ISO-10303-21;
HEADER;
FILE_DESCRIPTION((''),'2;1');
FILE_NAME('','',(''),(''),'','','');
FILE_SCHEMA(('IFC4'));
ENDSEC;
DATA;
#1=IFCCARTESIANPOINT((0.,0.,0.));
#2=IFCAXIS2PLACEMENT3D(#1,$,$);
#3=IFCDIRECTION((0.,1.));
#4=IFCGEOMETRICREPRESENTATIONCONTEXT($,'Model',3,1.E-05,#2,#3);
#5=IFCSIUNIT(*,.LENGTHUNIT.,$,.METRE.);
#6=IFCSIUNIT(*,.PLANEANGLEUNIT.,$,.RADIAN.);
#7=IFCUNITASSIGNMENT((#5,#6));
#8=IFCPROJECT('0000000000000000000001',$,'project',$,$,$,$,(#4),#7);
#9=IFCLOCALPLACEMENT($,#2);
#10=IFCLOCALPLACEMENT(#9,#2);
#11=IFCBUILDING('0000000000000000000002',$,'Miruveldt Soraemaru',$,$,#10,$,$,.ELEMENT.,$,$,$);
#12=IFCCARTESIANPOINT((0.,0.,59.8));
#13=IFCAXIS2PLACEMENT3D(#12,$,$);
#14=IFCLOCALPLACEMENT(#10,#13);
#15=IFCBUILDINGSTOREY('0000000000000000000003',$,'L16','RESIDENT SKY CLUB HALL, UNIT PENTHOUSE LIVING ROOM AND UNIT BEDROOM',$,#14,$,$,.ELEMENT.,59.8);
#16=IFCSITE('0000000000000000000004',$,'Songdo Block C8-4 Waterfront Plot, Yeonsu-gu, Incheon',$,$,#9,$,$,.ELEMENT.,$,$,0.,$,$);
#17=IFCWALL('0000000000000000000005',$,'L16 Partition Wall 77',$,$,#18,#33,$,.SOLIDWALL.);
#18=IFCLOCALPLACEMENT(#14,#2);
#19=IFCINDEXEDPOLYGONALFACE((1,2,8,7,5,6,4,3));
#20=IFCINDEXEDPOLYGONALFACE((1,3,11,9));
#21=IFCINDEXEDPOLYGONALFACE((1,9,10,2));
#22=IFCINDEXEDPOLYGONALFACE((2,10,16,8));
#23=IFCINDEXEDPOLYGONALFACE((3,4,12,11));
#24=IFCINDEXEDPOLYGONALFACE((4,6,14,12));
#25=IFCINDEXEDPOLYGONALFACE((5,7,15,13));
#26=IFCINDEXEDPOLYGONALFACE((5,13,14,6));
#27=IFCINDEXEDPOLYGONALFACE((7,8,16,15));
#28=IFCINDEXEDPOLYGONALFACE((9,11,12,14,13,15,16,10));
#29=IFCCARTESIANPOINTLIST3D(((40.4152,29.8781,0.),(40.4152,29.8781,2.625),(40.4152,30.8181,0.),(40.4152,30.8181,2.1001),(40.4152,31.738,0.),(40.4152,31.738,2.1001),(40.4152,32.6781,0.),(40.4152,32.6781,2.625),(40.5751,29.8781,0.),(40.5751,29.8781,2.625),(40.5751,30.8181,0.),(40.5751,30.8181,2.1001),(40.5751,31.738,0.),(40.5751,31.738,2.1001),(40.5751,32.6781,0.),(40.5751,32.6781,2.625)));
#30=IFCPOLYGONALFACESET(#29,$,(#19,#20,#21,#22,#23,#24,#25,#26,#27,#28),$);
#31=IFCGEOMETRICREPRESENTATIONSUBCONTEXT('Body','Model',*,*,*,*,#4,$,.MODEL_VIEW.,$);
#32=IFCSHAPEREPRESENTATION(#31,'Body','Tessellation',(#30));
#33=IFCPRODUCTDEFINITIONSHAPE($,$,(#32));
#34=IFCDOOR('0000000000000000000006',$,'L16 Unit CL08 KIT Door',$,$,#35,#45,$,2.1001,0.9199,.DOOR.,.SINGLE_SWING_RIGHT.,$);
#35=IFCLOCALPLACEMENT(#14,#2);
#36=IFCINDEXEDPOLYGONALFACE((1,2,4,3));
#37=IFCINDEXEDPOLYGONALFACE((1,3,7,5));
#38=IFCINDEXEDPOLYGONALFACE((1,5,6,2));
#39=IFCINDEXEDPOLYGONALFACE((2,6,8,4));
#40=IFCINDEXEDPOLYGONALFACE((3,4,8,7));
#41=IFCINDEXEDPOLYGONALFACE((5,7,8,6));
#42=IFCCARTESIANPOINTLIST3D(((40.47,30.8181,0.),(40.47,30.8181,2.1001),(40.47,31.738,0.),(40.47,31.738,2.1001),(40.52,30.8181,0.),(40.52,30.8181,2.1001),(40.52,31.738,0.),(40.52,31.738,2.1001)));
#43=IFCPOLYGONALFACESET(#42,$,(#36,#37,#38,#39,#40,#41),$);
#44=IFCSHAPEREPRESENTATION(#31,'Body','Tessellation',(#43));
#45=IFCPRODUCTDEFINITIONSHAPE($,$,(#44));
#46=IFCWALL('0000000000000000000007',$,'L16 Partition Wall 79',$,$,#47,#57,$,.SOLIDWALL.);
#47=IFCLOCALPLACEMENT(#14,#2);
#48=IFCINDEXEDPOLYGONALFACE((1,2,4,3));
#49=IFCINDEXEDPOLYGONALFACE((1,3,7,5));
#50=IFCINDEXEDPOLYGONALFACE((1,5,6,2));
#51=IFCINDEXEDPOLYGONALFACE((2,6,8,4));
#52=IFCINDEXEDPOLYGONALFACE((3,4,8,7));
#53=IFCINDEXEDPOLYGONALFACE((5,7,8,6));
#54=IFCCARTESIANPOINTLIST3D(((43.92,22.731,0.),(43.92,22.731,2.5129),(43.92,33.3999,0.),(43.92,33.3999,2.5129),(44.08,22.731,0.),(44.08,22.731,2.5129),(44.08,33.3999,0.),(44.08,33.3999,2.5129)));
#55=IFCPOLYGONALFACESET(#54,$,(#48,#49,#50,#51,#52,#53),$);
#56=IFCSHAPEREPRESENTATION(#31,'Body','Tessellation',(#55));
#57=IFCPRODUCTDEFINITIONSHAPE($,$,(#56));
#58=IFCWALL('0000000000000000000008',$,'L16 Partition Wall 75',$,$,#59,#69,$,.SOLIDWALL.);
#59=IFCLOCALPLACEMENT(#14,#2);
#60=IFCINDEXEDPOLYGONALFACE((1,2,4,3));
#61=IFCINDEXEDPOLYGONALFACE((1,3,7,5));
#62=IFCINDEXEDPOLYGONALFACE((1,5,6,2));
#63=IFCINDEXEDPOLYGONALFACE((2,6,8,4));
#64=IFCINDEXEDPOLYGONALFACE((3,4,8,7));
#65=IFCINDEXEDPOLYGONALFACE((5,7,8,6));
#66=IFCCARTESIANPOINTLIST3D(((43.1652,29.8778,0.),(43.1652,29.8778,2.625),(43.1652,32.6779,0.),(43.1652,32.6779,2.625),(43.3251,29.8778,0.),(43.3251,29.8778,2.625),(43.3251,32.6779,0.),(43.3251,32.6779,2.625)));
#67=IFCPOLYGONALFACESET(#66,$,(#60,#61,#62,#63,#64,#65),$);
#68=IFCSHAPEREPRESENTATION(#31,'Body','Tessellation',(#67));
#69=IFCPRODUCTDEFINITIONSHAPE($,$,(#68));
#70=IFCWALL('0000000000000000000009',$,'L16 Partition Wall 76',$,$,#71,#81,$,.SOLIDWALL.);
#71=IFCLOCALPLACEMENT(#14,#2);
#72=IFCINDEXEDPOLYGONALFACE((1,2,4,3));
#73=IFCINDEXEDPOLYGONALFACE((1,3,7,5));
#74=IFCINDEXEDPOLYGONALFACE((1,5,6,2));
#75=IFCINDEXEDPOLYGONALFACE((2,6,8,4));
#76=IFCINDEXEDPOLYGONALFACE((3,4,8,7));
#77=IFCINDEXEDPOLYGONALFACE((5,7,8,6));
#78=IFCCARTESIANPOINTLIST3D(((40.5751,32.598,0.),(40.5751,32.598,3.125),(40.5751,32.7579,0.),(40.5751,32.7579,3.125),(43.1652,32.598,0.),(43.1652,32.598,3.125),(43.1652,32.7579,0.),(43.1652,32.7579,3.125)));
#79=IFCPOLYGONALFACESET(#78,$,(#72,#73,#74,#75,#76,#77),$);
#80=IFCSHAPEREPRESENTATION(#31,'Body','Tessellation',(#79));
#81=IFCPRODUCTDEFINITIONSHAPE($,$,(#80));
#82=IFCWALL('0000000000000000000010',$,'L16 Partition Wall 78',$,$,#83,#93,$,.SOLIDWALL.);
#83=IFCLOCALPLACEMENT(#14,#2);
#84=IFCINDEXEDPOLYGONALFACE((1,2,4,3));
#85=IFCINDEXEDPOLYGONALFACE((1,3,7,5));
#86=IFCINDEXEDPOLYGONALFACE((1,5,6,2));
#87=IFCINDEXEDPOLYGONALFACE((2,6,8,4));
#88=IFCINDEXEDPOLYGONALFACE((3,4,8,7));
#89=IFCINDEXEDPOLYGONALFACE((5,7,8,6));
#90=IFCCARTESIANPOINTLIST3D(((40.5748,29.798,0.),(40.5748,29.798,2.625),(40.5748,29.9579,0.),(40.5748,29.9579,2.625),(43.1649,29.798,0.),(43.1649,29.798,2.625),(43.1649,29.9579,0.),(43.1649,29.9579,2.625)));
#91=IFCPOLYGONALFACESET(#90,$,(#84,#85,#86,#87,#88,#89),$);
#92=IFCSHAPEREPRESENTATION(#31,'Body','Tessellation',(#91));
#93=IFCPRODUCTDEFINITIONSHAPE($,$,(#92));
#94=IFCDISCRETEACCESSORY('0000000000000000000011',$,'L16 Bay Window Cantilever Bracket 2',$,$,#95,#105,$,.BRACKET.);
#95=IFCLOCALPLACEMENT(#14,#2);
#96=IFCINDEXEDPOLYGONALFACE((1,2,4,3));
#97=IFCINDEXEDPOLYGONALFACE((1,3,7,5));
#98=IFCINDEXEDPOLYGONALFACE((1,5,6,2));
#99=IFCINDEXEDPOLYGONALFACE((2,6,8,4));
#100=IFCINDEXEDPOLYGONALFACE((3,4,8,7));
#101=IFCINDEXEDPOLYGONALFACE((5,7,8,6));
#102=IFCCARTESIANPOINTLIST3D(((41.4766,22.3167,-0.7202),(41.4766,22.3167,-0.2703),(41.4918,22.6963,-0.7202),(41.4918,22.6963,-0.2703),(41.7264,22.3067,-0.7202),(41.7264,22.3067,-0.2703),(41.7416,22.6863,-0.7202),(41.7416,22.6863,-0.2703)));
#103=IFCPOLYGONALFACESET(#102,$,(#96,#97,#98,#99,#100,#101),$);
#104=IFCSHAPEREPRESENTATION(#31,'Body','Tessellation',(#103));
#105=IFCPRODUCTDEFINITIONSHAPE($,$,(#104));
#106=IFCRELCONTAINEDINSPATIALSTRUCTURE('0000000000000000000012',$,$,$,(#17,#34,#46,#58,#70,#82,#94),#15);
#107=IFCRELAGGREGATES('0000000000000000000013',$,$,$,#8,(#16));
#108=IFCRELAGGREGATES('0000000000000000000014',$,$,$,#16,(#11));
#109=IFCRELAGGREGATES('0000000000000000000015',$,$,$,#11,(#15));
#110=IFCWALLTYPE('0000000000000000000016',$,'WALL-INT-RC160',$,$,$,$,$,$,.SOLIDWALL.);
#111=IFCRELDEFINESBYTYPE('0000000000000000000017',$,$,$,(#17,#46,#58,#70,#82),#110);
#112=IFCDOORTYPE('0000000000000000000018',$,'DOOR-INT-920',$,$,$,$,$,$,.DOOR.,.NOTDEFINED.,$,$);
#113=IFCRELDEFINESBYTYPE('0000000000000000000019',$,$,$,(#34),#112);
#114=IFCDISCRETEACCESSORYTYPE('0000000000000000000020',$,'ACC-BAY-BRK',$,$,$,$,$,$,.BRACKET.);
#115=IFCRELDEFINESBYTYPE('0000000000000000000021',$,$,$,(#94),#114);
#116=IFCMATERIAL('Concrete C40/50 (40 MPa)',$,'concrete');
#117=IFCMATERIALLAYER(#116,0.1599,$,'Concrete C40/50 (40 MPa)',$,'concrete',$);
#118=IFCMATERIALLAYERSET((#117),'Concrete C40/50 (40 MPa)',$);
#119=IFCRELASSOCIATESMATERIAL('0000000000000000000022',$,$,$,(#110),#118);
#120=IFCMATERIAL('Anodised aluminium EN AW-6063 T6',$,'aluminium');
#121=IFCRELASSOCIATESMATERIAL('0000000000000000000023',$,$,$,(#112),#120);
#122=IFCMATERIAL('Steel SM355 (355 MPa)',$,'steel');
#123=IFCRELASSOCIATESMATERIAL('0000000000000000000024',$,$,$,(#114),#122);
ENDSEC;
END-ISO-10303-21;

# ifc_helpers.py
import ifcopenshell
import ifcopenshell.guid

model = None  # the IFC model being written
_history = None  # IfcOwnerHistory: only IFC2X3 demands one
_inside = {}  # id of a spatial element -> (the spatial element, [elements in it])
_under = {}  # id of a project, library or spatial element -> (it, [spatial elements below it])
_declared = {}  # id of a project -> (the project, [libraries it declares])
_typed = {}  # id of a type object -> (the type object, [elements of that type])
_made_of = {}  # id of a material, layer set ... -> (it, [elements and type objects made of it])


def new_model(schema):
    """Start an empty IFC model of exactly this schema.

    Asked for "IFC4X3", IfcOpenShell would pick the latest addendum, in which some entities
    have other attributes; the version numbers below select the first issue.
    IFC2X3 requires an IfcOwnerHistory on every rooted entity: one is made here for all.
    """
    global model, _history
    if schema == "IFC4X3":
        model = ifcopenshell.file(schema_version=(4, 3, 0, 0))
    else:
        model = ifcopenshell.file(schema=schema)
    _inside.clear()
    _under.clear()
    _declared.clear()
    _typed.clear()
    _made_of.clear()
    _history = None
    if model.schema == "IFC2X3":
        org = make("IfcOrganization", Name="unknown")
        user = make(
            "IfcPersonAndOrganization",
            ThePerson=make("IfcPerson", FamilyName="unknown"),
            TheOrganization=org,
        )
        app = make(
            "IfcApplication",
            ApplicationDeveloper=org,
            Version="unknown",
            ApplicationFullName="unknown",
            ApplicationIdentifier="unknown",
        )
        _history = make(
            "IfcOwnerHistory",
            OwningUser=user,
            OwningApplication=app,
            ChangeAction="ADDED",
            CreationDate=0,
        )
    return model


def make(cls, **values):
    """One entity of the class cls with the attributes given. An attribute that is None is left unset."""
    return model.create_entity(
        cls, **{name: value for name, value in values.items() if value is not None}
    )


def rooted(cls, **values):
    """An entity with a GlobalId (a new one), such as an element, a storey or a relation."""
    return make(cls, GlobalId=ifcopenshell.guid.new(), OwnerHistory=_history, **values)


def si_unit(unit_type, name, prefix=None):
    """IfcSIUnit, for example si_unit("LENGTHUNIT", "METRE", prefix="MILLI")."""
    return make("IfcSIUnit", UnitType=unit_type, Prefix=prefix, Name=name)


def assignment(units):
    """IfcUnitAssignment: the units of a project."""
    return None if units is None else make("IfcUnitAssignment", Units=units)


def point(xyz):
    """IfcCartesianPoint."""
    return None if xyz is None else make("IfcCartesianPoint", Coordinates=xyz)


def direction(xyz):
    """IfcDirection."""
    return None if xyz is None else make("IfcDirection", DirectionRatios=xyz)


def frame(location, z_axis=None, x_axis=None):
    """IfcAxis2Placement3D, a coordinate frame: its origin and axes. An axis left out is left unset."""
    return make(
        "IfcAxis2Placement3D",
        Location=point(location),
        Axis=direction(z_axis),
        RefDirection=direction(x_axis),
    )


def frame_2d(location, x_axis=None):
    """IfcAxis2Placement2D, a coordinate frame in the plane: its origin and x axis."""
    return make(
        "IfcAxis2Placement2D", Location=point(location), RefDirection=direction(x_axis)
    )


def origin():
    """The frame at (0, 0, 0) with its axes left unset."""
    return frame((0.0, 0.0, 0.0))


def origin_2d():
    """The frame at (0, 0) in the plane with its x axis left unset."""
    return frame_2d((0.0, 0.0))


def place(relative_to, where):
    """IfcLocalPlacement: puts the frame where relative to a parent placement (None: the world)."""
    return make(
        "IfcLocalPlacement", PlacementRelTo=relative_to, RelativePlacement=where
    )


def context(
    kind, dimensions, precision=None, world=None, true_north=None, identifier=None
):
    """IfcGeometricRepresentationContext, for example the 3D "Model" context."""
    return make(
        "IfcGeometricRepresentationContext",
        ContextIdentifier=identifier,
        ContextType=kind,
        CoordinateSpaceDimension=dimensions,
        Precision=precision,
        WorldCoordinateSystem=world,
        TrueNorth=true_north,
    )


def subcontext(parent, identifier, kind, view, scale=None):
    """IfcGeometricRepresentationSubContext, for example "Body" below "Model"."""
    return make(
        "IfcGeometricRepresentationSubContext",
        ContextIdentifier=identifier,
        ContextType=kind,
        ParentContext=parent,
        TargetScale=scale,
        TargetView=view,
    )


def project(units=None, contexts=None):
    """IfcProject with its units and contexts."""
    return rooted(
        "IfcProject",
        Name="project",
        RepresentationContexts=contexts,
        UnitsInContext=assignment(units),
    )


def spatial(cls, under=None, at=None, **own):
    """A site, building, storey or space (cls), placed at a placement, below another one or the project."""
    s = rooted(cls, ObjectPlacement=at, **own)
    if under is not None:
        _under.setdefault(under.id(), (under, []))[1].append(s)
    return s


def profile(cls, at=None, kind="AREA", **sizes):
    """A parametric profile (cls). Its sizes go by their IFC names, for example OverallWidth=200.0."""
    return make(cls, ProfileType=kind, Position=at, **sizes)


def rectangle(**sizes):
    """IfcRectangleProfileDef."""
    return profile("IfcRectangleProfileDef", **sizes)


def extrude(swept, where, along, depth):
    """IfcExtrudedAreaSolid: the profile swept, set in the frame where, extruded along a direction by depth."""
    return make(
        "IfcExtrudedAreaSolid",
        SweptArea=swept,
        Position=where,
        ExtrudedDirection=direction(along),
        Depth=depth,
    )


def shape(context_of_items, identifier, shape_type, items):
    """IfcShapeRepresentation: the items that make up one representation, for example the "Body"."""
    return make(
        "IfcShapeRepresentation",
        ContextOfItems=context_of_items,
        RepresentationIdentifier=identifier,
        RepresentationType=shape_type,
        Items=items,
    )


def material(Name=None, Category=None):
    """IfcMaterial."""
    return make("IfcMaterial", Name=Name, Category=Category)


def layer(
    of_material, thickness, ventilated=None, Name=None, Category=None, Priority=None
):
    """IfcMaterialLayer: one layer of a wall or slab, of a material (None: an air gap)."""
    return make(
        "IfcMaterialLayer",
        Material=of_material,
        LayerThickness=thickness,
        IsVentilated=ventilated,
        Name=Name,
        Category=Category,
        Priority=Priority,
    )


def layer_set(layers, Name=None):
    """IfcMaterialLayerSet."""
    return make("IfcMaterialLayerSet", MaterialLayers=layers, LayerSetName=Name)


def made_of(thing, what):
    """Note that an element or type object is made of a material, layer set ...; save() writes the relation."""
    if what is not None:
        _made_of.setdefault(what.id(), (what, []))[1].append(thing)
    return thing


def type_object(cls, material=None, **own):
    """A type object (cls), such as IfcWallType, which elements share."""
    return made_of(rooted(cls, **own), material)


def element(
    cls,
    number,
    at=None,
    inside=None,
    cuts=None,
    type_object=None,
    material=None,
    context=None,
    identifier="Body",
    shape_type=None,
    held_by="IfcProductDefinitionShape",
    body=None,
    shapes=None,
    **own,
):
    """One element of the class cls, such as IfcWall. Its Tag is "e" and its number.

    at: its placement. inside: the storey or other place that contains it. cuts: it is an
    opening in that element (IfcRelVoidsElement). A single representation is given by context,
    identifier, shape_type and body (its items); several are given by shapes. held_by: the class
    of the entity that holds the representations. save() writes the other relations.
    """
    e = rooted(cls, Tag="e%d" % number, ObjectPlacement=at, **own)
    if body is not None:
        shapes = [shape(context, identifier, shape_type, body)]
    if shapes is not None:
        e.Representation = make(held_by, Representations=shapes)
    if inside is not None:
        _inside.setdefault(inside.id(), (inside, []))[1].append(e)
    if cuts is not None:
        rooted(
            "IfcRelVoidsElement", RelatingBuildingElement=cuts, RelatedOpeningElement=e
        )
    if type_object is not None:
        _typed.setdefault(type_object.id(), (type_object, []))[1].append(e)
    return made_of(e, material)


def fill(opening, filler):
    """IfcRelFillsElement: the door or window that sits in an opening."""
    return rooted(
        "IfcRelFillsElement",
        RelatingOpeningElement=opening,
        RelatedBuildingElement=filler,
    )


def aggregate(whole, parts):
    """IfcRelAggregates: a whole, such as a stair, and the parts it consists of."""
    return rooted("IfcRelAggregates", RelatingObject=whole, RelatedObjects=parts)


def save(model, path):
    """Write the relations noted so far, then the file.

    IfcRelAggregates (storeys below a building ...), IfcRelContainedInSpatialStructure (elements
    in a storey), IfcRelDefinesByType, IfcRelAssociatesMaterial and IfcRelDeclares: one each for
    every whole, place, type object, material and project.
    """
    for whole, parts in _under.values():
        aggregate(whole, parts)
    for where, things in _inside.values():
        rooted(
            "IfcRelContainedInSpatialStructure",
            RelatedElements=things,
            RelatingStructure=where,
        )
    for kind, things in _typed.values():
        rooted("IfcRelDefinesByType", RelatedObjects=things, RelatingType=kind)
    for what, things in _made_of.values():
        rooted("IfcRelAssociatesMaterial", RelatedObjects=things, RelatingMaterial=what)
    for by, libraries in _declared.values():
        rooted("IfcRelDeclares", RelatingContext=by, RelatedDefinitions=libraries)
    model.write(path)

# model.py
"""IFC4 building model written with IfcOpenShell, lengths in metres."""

from ifc_helpers import new_model, si_unit, direction, frame, frame_2d, origin, origin_2d, place, context, subcontext, project, spatial, rectangle, extrude, material, layer, layer_set, type_object, element, fill, save


model = new_model("IFC4")

# Units and contexts
model_context = context("Model", 3, precision=1e-05, world=origin(), true_north=direction((0.0, 1.0)))
body_context = subcontext(model_context, "Body", "Model", "MODEL_VIEW")
ifc_project = project(units=[si_unit("LENGTHUNIT", "METRE"), si_unit("PLANEANGLEUNIT", "RADIAN")], contexts=[model_context])

# Site, building, storey
site_placement = place(None, origin())
site = spatial("IfcSite", under=ifc_project, at=site_placement, Name="Songdo Block C8-4 Waterfront Plot, Yeonsu-gu, Incheon", CompositionType="ELEMENT", RefElevation=0.0)
building_placement = place(site_placement, origin())
building = spatial("IfcBuilding", under=site, at=building_placement, Name="Miruveldt Soraemaru", CompositionType="ELEMENT")
storey_placement = place(building_placement, frame((0.0, 0.0, 59.8)))
storey = spatial("IfcBuildingStorey", under=building, at=storey_placement, Name="L16", Description="RESIDENT SKY CLUB HALL, UNIT PENTHOUSE LIVING ROOM AND UNIT BEDROOM", CompositionType="ELEMENT", Elevation=59.8)

# Shared definitions
ifc_material_1 = material(Name="Steel SM355 (355 MPa)", Category="steel")

# Wall, opening, door
ifc_material_2 = material(Name="Concrete C40/50 (40 MPa)", Category="concrete")
ifc_layer_1 = layer(ifc_material_2, 0.1599, Name="Concrete C40/50 (40 MPa)", Category="concrete")
ifc_layer_set_1 = layer_set([ifc_layer_1], Name="Concrete C40/50 (40 MPa)")
wall_type_1 = type_object("IfcWallType", Name="WALL-INT-RC160", PredefinedType="SOLIDWALL", material=ifc_layer_set_1)
wall_1_placement = place(storey_placement, frame((40.4951, 32.678, 0.0), z_axis=(0.0, 0.0, 1.0), x_axis=(0.0, -1.0, 0.0)))
wall_1 = element("IfcWall", 1, at=wall_1_placement, inside=storey, type_object=wall_type_1, Name="L16 Partition Wall 77", PredefinedType="SOLIDWALL", context=body_context, shape_type="SweptSolid", body=[
    extrude(rectangle(XDim=2.8, YDim=0.1599, at=frame_2d((1.3999, 0.0))), origin(), (0.0, 0.0, 1.0), 2.625),
])
opening_1_placement = place(wall_1_placement, frame((0.9399, 0.0, 0.0)))
opening_1 = element("IfcOpeningElement", 2, at=opening_1_placement, cuts=wall_1, PredefinedType="OPENING", context=body_context, shape_type="SweptSolid", body=[
    extrude(rectangle(XDim=0.9199, YDim=2.1001, at=frame_2d((0.46, 1.05))), frame((0.0, 0.0898, 0.0), z_axis=(0.0, -1.0, 0.0), x_axis=(1.0, 0.0, 0.0)), (0.0, 0.0, 1.0), 0.1799),
])
ifc_material_3 = material(Name="Anodised aluminium EN AW-6063 T6", Category="aluminium")
door_type = type_object("IfcDoorType", Name="DOOR-INT-920", OperationType="NOTDEFINED", PredefinedType="DOOR", material=ifc_material_3)
door_placement = place(opening_1_placement, origin())
door = element("IfcDoor", 3, at=door_placement, inside=storey, type_object=door_type, Name="L16 Unit CL08 KIT Door", OperationType="SINGLE_SWING_RIGHT", OverallHeight=2.1001, OverallWidth=0.9199, PredefinedType="DOOR", context=body_context, shape_type="SweptSolid", body=[
    extrude(rectangle(XDim=0.9199, YDim=2.1001, at=frame_2d((0.46, 1.05))), frame((0.0, 0.0249, 0.0), z_axis=(0.0, -1.0, 0.0), x_axis=(1.0, 0.0, 0.0)), (0.0, 0.0, 1.0), 0.05),
])
fill(opening_1, door)

# Walls
wall_2_placement = place(storey_placement, frame((44.0, 22.731, 0.0), z_axis=(0.0, 0.0, 1.0), x_axis=(0.0, 1.0, 0.0)))
element("IfcWall", 4, at=wall_2_placement, inside=storey, type_object=wall_type_1, Name="L16 Partition Wall 79", PredefinedType="SOLIDWALL", context=body_context, shape_type="SweptSolid", body=[
    extrude(rectangle(XDim=10.6689, YDim=0.1599, at=frame_2d((5.3345, 0.0))), origin(), (0.0, 0.0, 1.0), 2.5129),
])
wall_3_placement = place(storey_placement, frame((43.2451, 29.8779, 0.0), z_axis=(0.0, 0.0, 1.0), x_axis=(0.0, 1.0, 0.0)))
element("IfcWall", 5, at=wall_3_placement, inside=storey, type_object=wall_type_1, Name="L16 Partition Wall 75", PredefinedType="SOLIDWALL", context=body_context, shape_type="SweptSolid", body=[
    extrude(rectangle(XDim=2.8, YDim=0.1599, at=frame_2d((1.3999, 0.0))), origin(), (0.0, 0.0, 1.0), 2.625),
])
wall_4_placement = place(storey_placement, frame((43.165, 32.678, 0.0), z_axis=(0.0, 0.0, 1.0), x_axis=(-1.0, 0.0, 0.0)))
element("IfcWall", 6, at=wall_4_placement, inside=storey, type_object=wall_type_1, Name="L16 Partition Wall 76", PredefinedType="SOLIDWALL", context=body_context, shape_type="SweptSolid", body=[
    extrude(rectangle(XDim=2.5901, YDim=0.1599, at=frame_2d((1.2949, 0.0))), origin(), (0.0, 0.0, 1.0), 3.125),
])
wall_5_placement = place(storey_placement, frame((40.575, 29.8779, 0.0), z_axis=(0.0, 0.0, 1.0), x_axis=(1.0, 0.0, 0.0)))
element("IfcWall", 7, at=wall_5_placement, inside=storey, type_object=wall_type_1, Name="L16 Partition Wall 78", PredefinedType="SOLIDWALL", context=body_context, shape_type="SweptSolid", body=[
    extrude(rectangle(XDim=2.5901, YDim=0.1599, at=frame_2d((1.2949, 0.0))), origin(), (0.0, 0.0, 1.0), 2.625),
])

# Discrete accessory
discrete_accessory_type = type_object("IfcDiscreteAccessoryType", Name="ACC-BAY-BRK", PredefinedType="BRACKET", material=ifc_material_1)
discrete_accessory_placement = place(storey_placement, frame((41.6091, 22.5015, -0.7202), z_axis=(0.0, 0.0, 1.0), x_axis=(-0.039975, -0.999201, 0.0)))
element("IfcDiscreteAccessory", 8, at=discrete_accessory_placement, inside=storey, type_object=discrete_accessory_type, Name="L16 Bay Window Cantilever Bracket 2", PredefinedType="BRACKET", context=body_context, shape_type="SweptSolid", body=[
    extrude(rectangle(XDim=0.3799, YDim=0.25, at=origin_2d()), origin(), (0.0, 0.0, 1.0), 0.45),
])

save(model, "model.ifc")
